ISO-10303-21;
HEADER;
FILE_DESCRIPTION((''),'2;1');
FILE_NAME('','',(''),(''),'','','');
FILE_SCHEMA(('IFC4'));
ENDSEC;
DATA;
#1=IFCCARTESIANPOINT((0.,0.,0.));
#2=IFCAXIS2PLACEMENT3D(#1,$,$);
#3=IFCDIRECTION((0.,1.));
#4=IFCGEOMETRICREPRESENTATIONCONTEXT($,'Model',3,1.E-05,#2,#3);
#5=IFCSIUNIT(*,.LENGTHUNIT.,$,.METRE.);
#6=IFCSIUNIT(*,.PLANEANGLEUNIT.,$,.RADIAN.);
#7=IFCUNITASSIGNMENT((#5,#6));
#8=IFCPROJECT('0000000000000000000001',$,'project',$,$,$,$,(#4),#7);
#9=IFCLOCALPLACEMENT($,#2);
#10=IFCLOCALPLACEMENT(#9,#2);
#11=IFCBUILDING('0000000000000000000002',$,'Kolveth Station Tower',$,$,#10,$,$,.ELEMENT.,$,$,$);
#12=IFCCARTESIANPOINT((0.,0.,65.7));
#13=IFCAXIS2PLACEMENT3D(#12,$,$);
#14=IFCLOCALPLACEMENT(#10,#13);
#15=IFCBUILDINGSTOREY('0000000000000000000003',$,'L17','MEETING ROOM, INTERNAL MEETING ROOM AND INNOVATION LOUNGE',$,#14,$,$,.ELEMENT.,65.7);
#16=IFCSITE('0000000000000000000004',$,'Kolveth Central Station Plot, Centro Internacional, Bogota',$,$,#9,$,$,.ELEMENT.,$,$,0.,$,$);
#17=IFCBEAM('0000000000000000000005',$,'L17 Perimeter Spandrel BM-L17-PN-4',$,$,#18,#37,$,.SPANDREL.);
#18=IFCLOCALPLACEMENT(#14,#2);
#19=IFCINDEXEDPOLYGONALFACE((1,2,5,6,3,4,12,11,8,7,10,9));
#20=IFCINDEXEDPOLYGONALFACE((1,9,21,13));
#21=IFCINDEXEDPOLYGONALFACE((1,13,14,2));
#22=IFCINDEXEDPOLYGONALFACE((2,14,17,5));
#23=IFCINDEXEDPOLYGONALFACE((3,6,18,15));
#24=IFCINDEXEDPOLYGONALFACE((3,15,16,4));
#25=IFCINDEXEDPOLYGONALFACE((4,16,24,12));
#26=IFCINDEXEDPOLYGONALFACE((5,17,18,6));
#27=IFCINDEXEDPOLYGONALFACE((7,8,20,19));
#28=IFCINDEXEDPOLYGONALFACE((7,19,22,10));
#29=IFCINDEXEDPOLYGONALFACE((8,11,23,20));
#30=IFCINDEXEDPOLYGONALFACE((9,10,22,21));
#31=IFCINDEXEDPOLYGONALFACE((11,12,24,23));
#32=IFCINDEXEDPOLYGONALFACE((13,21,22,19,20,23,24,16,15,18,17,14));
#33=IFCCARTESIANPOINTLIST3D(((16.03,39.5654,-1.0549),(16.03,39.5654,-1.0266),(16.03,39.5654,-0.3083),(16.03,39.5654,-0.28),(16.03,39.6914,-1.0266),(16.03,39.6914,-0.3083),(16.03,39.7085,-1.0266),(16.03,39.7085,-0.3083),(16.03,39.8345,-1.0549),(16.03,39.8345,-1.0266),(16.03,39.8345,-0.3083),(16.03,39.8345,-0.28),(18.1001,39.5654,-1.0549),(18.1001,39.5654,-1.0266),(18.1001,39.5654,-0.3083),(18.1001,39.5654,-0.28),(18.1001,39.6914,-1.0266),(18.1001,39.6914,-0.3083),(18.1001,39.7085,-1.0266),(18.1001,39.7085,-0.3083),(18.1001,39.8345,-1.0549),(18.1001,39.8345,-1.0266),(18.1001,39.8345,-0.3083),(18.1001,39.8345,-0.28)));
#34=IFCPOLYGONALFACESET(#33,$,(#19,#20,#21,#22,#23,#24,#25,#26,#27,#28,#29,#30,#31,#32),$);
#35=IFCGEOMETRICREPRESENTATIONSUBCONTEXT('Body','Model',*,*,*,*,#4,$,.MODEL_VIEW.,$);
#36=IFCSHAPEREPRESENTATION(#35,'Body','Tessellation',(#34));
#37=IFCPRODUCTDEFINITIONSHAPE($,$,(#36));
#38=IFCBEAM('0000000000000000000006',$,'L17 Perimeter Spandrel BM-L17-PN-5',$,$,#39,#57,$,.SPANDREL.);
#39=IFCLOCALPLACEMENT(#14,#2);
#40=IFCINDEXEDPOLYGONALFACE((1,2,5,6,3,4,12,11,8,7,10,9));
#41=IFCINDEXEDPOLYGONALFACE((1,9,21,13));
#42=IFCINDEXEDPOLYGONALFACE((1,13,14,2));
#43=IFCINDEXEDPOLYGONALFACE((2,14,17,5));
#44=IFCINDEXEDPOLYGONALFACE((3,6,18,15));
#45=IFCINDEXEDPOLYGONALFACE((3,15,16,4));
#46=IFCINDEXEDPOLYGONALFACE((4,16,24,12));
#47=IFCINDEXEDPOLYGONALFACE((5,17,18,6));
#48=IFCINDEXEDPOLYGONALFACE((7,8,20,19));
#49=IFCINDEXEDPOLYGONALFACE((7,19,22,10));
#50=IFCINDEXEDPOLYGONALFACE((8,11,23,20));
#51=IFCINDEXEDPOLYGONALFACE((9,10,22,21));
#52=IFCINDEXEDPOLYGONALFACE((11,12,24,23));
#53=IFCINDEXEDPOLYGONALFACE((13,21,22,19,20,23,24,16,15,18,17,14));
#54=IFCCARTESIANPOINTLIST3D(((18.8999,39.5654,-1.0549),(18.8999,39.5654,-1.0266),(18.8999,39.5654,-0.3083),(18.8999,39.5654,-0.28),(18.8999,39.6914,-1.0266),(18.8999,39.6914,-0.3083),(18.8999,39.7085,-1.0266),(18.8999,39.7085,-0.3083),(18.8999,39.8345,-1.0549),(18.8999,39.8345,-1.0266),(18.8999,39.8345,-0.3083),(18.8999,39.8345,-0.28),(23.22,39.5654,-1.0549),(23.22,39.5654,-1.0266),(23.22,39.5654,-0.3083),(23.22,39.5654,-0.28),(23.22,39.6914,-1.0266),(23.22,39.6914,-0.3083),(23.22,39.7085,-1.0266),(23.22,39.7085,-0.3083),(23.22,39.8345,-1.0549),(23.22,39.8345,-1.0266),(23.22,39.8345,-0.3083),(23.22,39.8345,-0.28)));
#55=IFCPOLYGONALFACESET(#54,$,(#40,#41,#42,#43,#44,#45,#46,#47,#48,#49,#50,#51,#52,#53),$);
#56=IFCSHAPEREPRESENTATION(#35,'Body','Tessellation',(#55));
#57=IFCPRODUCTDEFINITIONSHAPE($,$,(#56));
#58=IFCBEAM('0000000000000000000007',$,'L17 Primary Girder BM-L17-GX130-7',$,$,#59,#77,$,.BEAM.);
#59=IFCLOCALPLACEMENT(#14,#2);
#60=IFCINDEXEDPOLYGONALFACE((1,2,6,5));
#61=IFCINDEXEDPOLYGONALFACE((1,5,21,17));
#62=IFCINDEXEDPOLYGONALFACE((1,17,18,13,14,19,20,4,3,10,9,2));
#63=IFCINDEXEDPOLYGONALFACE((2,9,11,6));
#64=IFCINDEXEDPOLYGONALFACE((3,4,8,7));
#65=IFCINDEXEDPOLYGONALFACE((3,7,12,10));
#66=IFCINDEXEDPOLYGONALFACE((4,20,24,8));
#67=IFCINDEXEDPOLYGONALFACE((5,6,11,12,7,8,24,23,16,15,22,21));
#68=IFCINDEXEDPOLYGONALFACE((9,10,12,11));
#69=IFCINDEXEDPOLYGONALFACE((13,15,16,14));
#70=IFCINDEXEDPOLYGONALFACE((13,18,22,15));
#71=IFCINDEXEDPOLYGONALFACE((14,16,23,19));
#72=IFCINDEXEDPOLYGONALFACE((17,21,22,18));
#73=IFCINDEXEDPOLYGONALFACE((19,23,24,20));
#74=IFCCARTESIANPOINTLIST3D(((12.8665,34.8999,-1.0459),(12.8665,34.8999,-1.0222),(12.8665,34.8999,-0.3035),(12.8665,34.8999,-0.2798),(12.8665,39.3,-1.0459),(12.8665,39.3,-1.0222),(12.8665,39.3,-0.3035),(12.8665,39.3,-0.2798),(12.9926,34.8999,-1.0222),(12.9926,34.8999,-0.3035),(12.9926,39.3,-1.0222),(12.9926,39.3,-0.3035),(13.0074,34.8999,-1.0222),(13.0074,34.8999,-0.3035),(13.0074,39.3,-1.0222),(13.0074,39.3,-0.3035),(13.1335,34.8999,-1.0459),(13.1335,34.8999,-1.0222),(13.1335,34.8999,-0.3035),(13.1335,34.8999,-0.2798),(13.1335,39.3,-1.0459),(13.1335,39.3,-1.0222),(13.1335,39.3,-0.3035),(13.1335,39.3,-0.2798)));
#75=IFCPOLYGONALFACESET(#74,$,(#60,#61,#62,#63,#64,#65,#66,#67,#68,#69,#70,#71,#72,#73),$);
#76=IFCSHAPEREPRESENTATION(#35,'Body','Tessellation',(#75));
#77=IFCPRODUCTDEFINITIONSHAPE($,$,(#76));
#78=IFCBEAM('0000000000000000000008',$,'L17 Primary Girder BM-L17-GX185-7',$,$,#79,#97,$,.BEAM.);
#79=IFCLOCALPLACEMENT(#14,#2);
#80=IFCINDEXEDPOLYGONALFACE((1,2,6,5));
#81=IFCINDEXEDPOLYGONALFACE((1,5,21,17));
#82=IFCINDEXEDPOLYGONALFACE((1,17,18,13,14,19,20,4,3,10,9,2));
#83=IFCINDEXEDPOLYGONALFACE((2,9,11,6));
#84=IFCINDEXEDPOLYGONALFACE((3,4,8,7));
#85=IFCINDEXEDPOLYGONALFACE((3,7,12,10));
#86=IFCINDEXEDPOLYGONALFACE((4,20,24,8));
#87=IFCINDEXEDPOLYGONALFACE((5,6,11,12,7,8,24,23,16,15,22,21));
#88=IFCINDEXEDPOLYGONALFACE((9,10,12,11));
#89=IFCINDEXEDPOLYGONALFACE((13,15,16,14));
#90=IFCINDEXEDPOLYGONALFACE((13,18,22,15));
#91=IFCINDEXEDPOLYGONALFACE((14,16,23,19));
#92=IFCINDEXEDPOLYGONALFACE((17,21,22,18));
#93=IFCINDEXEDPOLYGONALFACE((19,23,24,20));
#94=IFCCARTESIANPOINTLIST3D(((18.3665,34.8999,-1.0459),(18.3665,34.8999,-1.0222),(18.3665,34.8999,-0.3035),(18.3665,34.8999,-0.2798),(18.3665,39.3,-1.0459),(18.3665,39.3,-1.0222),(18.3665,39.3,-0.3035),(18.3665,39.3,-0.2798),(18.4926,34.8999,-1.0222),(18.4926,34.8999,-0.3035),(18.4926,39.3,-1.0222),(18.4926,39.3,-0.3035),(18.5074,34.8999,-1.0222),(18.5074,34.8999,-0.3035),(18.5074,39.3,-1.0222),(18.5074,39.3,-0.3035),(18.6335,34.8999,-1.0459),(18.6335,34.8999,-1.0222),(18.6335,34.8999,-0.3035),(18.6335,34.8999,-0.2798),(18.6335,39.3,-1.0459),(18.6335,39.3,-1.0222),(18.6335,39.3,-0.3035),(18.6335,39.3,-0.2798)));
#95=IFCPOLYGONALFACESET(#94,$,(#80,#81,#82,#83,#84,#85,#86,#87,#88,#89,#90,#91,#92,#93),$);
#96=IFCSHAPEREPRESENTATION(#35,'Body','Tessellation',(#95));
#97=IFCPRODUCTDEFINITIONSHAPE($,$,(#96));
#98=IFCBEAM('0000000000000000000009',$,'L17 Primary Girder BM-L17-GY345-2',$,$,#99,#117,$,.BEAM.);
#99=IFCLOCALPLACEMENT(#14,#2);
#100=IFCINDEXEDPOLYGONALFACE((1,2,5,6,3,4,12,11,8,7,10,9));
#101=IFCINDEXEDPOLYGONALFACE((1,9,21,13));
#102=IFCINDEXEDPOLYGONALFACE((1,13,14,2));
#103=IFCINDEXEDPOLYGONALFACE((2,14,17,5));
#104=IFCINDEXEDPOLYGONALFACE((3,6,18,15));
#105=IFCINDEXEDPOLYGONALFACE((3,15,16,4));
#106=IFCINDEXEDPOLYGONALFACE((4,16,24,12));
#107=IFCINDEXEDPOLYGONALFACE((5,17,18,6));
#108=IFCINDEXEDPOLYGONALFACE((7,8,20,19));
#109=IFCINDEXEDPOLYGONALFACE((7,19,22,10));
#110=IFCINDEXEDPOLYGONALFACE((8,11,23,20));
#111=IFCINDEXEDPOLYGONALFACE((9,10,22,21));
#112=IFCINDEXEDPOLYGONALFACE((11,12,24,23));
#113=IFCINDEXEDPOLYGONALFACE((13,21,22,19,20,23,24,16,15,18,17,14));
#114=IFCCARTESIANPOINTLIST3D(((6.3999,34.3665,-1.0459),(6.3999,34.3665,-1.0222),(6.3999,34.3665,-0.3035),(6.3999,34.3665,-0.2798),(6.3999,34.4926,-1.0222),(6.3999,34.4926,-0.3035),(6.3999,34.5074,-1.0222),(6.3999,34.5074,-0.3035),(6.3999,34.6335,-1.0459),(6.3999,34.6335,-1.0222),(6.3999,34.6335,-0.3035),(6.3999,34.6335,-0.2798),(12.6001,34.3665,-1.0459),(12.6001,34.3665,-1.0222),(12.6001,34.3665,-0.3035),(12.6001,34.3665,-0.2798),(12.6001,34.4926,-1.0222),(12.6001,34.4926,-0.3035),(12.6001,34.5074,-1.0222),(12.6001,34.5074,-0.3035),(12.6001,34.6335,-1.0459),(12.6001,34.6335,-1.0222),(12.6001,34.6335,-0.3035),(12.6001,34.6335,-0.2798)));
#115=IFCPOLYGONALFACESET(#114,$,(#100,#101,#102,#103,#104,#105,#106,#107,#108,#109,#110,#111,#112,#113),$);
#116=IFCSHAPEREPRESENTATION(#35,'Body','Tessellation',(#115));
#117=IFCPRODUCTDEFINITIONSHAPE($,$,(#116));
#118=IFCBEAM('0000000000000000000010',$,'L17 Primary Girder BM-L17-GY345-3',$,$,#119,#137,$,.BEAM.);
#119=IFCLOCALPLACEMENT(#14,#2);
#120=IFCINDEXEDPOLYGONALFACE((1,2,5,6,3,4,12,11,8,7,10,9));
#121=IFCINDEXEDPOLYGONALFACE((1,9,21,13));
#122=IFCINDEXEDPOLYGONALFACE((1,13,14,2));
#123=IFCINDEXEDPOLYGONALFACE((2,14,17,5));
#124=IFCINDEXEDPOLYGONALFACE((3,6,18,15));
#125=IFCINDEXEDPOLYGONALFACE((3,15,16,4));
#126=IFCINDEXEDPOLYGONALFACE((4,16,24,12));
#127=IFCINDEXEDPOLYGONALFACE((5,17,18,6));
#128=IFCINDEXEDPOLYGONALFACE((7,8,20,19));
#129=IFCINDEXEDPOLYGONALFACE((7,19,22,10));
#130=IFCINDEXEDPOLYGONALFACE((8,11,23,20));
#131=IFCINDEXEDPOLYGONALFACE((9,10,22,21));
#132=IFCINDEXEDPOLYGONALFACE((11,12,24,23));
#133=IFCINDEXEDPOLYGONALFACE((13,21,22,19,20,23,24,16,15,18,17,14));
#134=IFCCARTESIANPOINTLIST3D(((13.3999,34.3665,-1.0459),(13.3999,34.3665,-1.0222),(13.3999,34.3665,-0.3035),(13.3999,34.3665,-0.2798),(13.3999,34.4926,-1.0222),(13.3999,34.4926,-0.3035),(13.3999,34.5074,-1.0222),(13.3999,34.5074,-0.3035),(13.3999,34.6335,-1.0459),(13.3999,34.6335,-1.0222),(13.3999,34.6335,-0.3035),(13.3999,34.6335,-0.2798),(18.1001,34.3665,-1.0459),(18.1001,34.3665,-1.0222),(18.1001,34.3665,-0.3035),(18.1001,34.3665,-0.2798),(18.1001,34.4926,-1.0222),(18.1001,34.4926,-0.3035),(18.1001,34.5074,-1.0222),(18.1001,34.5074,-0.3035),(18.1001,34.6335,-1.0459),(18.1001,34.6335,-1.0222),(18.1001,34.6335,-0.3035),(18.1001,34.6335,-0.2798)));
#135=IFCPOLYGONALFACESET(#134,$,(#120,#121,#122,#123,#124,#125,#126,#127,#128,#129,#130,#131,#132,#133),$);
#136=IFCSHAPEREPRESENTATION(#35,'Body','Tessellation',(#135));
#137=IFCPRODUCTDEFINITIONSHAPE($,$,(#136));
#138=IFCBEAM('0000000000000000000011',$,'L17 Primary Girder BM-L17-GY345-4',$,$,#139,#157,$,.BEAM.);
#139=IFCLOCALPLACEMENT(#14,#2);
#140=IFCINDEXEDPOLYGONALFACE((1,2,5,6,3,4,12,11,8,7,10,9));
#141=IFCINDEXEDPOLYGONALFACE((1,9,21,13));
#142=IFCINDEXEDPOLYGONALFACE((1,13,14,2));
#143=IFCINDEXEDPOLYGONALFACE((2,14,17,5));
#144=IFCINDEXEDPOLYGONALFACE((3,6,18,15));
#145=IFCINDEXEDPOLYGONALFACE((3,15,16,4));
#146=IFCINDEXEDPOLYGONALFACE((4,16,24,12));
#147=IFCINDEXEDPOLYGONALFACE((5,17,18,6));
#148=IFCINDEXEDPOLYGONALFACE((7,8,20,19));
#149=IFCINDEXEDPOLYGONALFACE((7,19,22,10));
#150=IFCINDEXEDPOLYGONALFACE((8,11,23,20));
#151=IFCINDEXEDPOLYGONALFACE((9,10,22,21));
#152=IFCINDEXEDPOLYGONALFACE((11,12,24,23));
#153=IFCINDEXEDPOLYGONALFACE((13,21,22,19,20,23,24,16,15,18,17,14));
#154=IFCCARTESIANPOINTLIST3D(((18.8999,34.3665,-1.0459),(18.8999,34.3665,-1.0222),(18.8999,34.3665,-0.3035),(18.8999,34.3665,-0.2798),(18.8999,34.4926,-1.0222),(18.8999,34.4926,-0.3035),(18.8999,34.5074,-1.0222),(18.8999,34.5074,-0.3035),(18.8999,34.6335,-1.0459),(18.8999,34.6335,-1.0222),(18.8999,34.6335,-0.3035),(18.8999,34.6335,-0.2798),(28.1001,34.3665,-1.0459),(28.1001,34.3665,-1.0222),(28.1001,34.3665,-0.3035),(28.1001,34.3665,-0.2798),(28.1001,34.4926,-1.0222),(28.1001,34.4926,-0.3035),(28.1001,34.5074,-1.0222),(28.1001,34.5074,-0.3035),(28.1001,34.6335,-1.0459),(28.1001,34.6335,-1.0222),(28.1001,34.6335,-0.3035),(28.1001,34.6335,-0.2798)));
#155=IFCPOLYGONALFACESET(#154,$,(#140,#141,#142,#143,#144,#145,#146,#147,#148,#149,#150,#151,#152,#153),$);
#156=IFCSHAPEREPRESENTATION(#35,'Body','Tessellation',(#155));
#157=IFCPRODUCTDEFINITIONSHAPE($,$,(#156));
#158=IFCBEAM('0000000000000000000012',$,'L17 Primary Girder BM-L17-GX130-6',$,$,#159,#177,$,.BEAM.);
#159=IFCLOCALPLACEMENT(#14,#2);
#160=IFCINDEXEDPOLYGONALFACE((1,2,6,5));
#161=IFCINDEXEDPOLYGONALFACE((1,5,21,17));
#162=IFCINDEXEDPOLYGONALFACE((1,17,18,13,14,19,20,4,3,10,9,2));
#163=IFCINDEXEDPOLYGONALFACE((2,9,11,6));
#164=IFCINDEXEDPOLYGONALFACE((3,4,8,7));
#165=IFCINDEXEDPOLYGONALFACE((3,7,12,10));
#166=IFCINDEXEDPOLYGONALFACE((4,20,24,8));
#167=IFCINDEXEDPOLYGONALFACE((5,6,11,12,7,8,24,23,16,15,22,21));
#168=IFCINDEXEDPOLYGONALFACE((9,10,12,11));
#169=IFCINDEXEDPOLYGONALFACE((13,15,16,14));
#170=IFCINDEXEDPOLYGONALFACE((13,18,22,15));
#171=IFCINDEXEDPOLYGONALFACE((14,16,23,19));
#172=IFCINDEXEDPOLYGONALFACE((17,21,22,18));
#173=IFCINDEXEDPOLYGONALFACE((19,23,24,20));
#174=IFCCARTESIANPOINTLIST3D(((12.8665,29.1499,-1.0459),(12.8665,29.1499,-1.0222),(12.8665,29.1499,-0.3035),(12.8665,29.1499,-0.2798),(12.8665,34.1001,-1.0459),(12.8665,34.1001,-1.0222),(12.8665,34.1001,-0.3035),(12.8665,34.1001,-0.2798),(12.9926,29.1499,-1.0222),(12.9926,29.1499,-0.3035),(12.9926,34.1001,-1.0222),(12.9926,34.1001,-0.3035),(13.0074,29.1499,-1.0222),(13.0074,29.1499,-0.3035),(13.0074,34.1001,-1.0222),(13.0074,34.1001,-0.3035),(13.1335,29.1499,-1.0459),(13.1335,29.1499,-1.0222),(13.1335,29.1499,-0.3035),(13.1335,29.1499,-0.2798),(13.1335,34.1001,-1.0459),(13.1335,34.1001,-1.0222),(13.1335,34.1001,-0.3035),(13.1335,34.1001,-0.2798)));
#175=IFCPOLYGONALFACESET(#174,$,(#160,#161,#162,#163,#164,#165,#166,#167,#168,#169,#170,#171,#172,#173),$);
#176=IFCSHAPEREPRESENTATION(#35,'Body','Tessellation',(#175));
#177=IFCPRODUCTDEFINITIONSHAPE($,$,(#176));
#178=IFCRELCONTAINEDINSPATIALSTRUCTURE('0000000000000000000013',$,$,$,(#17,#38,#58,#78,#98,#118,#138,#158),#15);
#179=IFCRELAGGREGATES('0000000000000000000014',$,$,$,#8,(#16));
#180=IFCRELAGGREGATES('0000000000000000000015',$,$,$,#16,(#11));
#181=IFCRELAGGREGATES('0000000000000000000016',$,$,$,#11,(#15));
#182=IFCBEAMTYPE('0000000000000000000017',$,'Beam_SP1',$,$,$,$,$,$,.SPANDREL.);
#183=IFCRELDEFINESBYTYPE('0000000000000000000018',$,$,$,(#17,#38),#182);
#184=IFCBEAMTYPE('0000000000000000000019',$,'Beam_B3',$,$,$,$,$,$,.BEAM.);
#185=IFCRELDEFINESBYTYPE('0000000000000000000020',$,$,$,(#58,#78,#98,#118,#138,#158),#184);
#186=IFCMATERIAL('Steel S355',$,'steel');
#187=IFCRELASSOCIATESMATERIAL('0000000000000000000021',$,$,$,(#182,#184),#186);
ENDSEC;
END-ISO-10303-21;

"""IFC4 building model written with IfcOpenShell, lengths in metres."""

from ifc_helpers import new_model, si_unit, direction, frame, origin, origin_2d, place, context, subcontext, project, spatial, i_section, extrude, source, transform, mapped, material, material_profile, profile_set, type_object, element, save


model = new_model("IFC4")

# Units and contexts
model_context = context("Model", 3, precision=1e-05, world=origin(), true_north=direction((0.0, 1.0)))
body_context = subcontext(model_context, "Body", "Model", "MODEL_VIEW")
ifc_project = project(units=[si_unit("LENGTHUNIT", "METRE"), si_unit("PLANEANGLEUNIT", "RADIAN")], contexts=[model_context])

# Site, building, storey
site_placement = place(None, origin())
site = spatial("IfcSite", under=ifc_project, at=site_placement, Name="Kolveth Central Station Plot, Centro Internacional, Bogota", CompositionType="ELEMENT", RefElevation=0.0)
building_placement = place(site_placement, origin())
building = spatial("IfcBuilding", under=site, at=building_placement, Name="Kolveth Station Tower", CompositionType="ELEMENT")
storey_placement = place(building_placement, frame((0.0, 0.0, 65.7)))
storey = spatial("IfcBuildingStorey", under=building, at=storey_placement, Name="L17", Description="MEETING ROOM, INTERNAL MEETING ROOM AND INNOVATION LOUNGE", CompositionType="ELEMENT", Elevation=65.7)

# Shared definitions
ifc_material_1 = material(Name="Steel S355", Category="steel")

# Beams
ifc_material_profile_1 = material_profile(ifc_material_1, i_section(OverallWidth=0.269, OverallDepth=0.7749, WebThickness=0.0171, FlangeThickness=0.0283, at=origin_2d()), Name="W760x220")
ifc_profile_set_1 = profile_set([ifc_material_profile_1], Name="Steel S355")
beam_type_1 = type_object("IfcBeamType", Name="Beam_SP1", PredefinedType="SPANDREL", material=ifc_profile_set_1)
shared_shape_1 = source(origin(), body_context, "Body", "SweptSolid", [
    extrude(i_section(OverallWidth=0.269, OverallDepth=0.7749, WebThickness=0.0171, FlangeThickness=0.0283, at=origin_2d()), origin(), (0.0, 0.0, 1.0), 2.0701),
])
for number, where, z_axis, x_axis, name in (
    (1, (16.03, 39.7, -0.6675), (1.0, 0.0, 0.0), (0.0, 1.0, 0.0), "L17 Perimeter Spandrel BM-L17-PN-4"),
):
    element("IfcBeam", number, at=place(storey_placement, frame(where, z_axis=z_axis, x_axis=x_axis)), inside=storey, type_object=beam_type_1, Name=name, PredefinedType="SPANDREL", context=body_context, shape_type="MappedRepresentation", body=[
        mapped(shared_shape_1, transform((0.0, 0.0, 0.0), x_axis=(1.0, 0.0, 0.0), y_axis=(0.0, 1.0, 0.0), z_axis=(0.0, 0.0, 1.0), scale=1.0)),
    ])
shared_shape_2 = source(origin(), body_context, "Body", "SweptSolid", [
    extrude(i_section(OverallWidth=0.269, OverallDepth=0.7749, WebThickness=0.0171, FlangeThickness=0.0283, at=origin_2d()), origin(), (0.0, 0.0, 1.0), 4.3201),
])
beam_1_placement = place(storey_placement, frame((18.8999, 39.7, -0.6675), z_axis=(1.0, 0.0, 0.0), x_axis=(0.0, 1.0, 0.0)))
element("IfcBeam", 2, at=beam_1_placement, inside=storey, type_object=beam_type_1, Name="L17 Perimeter Spandrel BM-L17-PN-5", PredefinedType="SPANDREL", context=body_context, shape_type="MappedRepresentation", body=[
    mapped(shared_shape_2, transform((0.0, 0.0, 0.0), x_axis=(1.0, 0.0, 0.0), y_axis=(0.0, 1.0, 0.0), z_axis=(0.0, 0.0, 1.0), scale=1.0)),
])
ifc_material_profile_2 = material_profile(ifc_material_1, i_section(OverallWidth=0.2671, OverallDepth=0.7661, WebThickness=0.0149, FlangeThickness=0.0237, at=origin_2d()), Name="W760x185")
ifc_profile_set_2 = profile_set([ifc_material_profile_2], Name="Steel S355")
beam_type_2 = type_object("IfcBeamType", Name="Beam_B3", PredefinedType="BEAM", material=ifc_profile_set_2)
shared_shape_3 = source(origin(), body_context, "Body", "SweptSolid", [
    extrude(i_section(OverallWidth=0.2671, OverallDepth=0.7661, WebThickness=0.0149, FlangeThickness=0.0237, at=origin_2d()), origin(), (0.0, 0.0, 1.0), 4.4001),
])
for number, where, z_axis, x_axis, name in (
    (3, (13.0, 34.8999, -0.6628), (0.0, 1.0, 0.0), (-1.0, 0.0, 0.0), "L17 Primary Girder BM-L17-GX130-7"),
    (4, (18.5, 34.8999, -0.6628), (0.0, 1.0, 0.0), (-1.0, 0.0, 0.0), "L17 Primary Girder BM-L17-GX185-7"),
):
    element("IfcBeam", number, at=place(storey_placement, frame(where, z_axis=z_axis, x_axis=x_axis)), inside=storey, type_object=beam_type_2, Name=name, PredefinedType="BEAM", context=body_context, shape_type="MappedRepresentation", body=[
        mapped(shared_shape_3, transform((0.0, 0.0, 0.0), x_axis=(1.0, 0.0, 0.0), y_axis=(0.0, 1.0, 0.0), z_axis=(0.0, 0.0, 1.0), scale=1.0)),
    ])
shared_shape_4 = source(origin(), body_context, "Body", "SweptSolid", [
    extrude(i_section(OverallWidth=0.2671, OverallDepth=0.7661, WebThickness=0.0149, FlangeThickness=0.0237, at=origin_2d()), origin(), (0.0, 0.0, 1.0), 6.2002),
])
beam_2_placement = place(storey_placement, frame((6.3999, 34.5, -0.6628), z_axis=(1.0, 0.0, 0.0), x_axis=(0.0, 1.0, 0.0)))
element("IfcBeam", 5, at=beam_2_placement, inside=storey, type_object=beam_type_2, Name="L17 Primary Girder BM-L17-GY345-2", PredefinedType="BEAM", context=body_context, shape_type="MappedRepresentation", body=[
    mapped(shared_shape_4, transform((0.0, 0.0, 0.0), x_axis=(1.0, 0.0, 0.0), y_axis=(0.0, 1.0, 0.0), z_axis=(0.0, 0.0, 1.0), scale=1.0)),
])
shared_shape_5 = source(origin(), body_context, "Body", "SweptSolid", [
    extrude(i_section(OverallWidth=0.2671, OverallDepth=0.7661, WebThickness=0.0149, FlangeThickness=0.0237, at=origin_2d()), origin(), (0.0, 0.0, 1.0), 4.7002),
])
beam_3_placement = place(storey_placement, frame((13.3999, 34.5, -0.6628), z_axis=(1.0, 0.0, 0.0), x_axis=(0.0, 1.0, 0.0)))
element("IfcBeam", 6, at=beam_3_placement, inside=storey, type_object=beam_type_2, Name="L17 Primary Girder BM-L17-GY345-3", PredefinedType="BEAM", context=body_context, shape_type="MappedRepresentation", body=[
    mapped(shared_shape_5, transform((0.0, 0.0, 0.0), x_axis=(1.0, 0.0, 0.0), y_axis=(0.0, 1.0, 0.0), z_axis=(0.0, 0.0, 1.0), scale=1.0)),
])
shared_shape_6 = source(origin(), body_context, "Body", "SweptSolid", [
    extrude(i_section(OverallWidth=0.2671, OverallDepth=0.7661, WebThickness=0.0149, FlangeThickness=0.0237, at=origin_2d()), origin(), (0.0, 0.0, 1.0), 9.2002),
])
beam_4_placement = place(storey_placement, frame((18.8999, 34.5, -0.6628), z_axis=(1.0, 0.0, 0.0), x_axis=(0.0, 1.0, 0.0)))
element("IfcBeam", 7, at=beam_4_placement, inside=storey, type_object=beam_type_2, Name="L17 Primary Girder BM-L17-GY345-4", PredefinedType="BEAM", context=body_context, shape_type="MappedRepresentation", body=[
    mapped(shared_shape_6, transform((0.0, 0.0, 0.0), x_axis=(1.0, 0.0, 0.0), y_axis=(0.0, 1.0, 0.0), z_axis=(0.0, 0.0, 1.0), scale=1.0)),
])
shared_shape_7 = source(origin(), body_context, "Body", "SweptSolid", [
    extrude(i_section(OverallWidth=0.2671, OverallDepth=0.7661, WebThickness=0.0149, FlangeThickness=0.0237, at=origin_2d()), origin(), (0.0, 0.0, 1.0), 4.9502),
])
beam_5_placement = place(storey_placement, frame((13.0, 29.1499, -0.6628), z_axis=(0.0, 1.0, 0.0), x_axis=(-1.0, 0.0, 0.0)))
element("IfcBeam", 8, at=beam_5_placement, inside=storey, type_object=beam_type_2, Name="L17 Primary Girder BM-L17-GX130-6", PredefinedType="BEAM", context=body_context, shape_type="MappedRepresentation", body=[
    mapped(shared_shape_7, transform((0.0, 0.0, 0.0), x_axis=(1.0, 0.0, 0.0), y_axis=(0.0, 1.0, 0.0), z_axis=(0.0, 0.0, 1.0), scale=1.0)),
])

save(model, "model.ifc")
